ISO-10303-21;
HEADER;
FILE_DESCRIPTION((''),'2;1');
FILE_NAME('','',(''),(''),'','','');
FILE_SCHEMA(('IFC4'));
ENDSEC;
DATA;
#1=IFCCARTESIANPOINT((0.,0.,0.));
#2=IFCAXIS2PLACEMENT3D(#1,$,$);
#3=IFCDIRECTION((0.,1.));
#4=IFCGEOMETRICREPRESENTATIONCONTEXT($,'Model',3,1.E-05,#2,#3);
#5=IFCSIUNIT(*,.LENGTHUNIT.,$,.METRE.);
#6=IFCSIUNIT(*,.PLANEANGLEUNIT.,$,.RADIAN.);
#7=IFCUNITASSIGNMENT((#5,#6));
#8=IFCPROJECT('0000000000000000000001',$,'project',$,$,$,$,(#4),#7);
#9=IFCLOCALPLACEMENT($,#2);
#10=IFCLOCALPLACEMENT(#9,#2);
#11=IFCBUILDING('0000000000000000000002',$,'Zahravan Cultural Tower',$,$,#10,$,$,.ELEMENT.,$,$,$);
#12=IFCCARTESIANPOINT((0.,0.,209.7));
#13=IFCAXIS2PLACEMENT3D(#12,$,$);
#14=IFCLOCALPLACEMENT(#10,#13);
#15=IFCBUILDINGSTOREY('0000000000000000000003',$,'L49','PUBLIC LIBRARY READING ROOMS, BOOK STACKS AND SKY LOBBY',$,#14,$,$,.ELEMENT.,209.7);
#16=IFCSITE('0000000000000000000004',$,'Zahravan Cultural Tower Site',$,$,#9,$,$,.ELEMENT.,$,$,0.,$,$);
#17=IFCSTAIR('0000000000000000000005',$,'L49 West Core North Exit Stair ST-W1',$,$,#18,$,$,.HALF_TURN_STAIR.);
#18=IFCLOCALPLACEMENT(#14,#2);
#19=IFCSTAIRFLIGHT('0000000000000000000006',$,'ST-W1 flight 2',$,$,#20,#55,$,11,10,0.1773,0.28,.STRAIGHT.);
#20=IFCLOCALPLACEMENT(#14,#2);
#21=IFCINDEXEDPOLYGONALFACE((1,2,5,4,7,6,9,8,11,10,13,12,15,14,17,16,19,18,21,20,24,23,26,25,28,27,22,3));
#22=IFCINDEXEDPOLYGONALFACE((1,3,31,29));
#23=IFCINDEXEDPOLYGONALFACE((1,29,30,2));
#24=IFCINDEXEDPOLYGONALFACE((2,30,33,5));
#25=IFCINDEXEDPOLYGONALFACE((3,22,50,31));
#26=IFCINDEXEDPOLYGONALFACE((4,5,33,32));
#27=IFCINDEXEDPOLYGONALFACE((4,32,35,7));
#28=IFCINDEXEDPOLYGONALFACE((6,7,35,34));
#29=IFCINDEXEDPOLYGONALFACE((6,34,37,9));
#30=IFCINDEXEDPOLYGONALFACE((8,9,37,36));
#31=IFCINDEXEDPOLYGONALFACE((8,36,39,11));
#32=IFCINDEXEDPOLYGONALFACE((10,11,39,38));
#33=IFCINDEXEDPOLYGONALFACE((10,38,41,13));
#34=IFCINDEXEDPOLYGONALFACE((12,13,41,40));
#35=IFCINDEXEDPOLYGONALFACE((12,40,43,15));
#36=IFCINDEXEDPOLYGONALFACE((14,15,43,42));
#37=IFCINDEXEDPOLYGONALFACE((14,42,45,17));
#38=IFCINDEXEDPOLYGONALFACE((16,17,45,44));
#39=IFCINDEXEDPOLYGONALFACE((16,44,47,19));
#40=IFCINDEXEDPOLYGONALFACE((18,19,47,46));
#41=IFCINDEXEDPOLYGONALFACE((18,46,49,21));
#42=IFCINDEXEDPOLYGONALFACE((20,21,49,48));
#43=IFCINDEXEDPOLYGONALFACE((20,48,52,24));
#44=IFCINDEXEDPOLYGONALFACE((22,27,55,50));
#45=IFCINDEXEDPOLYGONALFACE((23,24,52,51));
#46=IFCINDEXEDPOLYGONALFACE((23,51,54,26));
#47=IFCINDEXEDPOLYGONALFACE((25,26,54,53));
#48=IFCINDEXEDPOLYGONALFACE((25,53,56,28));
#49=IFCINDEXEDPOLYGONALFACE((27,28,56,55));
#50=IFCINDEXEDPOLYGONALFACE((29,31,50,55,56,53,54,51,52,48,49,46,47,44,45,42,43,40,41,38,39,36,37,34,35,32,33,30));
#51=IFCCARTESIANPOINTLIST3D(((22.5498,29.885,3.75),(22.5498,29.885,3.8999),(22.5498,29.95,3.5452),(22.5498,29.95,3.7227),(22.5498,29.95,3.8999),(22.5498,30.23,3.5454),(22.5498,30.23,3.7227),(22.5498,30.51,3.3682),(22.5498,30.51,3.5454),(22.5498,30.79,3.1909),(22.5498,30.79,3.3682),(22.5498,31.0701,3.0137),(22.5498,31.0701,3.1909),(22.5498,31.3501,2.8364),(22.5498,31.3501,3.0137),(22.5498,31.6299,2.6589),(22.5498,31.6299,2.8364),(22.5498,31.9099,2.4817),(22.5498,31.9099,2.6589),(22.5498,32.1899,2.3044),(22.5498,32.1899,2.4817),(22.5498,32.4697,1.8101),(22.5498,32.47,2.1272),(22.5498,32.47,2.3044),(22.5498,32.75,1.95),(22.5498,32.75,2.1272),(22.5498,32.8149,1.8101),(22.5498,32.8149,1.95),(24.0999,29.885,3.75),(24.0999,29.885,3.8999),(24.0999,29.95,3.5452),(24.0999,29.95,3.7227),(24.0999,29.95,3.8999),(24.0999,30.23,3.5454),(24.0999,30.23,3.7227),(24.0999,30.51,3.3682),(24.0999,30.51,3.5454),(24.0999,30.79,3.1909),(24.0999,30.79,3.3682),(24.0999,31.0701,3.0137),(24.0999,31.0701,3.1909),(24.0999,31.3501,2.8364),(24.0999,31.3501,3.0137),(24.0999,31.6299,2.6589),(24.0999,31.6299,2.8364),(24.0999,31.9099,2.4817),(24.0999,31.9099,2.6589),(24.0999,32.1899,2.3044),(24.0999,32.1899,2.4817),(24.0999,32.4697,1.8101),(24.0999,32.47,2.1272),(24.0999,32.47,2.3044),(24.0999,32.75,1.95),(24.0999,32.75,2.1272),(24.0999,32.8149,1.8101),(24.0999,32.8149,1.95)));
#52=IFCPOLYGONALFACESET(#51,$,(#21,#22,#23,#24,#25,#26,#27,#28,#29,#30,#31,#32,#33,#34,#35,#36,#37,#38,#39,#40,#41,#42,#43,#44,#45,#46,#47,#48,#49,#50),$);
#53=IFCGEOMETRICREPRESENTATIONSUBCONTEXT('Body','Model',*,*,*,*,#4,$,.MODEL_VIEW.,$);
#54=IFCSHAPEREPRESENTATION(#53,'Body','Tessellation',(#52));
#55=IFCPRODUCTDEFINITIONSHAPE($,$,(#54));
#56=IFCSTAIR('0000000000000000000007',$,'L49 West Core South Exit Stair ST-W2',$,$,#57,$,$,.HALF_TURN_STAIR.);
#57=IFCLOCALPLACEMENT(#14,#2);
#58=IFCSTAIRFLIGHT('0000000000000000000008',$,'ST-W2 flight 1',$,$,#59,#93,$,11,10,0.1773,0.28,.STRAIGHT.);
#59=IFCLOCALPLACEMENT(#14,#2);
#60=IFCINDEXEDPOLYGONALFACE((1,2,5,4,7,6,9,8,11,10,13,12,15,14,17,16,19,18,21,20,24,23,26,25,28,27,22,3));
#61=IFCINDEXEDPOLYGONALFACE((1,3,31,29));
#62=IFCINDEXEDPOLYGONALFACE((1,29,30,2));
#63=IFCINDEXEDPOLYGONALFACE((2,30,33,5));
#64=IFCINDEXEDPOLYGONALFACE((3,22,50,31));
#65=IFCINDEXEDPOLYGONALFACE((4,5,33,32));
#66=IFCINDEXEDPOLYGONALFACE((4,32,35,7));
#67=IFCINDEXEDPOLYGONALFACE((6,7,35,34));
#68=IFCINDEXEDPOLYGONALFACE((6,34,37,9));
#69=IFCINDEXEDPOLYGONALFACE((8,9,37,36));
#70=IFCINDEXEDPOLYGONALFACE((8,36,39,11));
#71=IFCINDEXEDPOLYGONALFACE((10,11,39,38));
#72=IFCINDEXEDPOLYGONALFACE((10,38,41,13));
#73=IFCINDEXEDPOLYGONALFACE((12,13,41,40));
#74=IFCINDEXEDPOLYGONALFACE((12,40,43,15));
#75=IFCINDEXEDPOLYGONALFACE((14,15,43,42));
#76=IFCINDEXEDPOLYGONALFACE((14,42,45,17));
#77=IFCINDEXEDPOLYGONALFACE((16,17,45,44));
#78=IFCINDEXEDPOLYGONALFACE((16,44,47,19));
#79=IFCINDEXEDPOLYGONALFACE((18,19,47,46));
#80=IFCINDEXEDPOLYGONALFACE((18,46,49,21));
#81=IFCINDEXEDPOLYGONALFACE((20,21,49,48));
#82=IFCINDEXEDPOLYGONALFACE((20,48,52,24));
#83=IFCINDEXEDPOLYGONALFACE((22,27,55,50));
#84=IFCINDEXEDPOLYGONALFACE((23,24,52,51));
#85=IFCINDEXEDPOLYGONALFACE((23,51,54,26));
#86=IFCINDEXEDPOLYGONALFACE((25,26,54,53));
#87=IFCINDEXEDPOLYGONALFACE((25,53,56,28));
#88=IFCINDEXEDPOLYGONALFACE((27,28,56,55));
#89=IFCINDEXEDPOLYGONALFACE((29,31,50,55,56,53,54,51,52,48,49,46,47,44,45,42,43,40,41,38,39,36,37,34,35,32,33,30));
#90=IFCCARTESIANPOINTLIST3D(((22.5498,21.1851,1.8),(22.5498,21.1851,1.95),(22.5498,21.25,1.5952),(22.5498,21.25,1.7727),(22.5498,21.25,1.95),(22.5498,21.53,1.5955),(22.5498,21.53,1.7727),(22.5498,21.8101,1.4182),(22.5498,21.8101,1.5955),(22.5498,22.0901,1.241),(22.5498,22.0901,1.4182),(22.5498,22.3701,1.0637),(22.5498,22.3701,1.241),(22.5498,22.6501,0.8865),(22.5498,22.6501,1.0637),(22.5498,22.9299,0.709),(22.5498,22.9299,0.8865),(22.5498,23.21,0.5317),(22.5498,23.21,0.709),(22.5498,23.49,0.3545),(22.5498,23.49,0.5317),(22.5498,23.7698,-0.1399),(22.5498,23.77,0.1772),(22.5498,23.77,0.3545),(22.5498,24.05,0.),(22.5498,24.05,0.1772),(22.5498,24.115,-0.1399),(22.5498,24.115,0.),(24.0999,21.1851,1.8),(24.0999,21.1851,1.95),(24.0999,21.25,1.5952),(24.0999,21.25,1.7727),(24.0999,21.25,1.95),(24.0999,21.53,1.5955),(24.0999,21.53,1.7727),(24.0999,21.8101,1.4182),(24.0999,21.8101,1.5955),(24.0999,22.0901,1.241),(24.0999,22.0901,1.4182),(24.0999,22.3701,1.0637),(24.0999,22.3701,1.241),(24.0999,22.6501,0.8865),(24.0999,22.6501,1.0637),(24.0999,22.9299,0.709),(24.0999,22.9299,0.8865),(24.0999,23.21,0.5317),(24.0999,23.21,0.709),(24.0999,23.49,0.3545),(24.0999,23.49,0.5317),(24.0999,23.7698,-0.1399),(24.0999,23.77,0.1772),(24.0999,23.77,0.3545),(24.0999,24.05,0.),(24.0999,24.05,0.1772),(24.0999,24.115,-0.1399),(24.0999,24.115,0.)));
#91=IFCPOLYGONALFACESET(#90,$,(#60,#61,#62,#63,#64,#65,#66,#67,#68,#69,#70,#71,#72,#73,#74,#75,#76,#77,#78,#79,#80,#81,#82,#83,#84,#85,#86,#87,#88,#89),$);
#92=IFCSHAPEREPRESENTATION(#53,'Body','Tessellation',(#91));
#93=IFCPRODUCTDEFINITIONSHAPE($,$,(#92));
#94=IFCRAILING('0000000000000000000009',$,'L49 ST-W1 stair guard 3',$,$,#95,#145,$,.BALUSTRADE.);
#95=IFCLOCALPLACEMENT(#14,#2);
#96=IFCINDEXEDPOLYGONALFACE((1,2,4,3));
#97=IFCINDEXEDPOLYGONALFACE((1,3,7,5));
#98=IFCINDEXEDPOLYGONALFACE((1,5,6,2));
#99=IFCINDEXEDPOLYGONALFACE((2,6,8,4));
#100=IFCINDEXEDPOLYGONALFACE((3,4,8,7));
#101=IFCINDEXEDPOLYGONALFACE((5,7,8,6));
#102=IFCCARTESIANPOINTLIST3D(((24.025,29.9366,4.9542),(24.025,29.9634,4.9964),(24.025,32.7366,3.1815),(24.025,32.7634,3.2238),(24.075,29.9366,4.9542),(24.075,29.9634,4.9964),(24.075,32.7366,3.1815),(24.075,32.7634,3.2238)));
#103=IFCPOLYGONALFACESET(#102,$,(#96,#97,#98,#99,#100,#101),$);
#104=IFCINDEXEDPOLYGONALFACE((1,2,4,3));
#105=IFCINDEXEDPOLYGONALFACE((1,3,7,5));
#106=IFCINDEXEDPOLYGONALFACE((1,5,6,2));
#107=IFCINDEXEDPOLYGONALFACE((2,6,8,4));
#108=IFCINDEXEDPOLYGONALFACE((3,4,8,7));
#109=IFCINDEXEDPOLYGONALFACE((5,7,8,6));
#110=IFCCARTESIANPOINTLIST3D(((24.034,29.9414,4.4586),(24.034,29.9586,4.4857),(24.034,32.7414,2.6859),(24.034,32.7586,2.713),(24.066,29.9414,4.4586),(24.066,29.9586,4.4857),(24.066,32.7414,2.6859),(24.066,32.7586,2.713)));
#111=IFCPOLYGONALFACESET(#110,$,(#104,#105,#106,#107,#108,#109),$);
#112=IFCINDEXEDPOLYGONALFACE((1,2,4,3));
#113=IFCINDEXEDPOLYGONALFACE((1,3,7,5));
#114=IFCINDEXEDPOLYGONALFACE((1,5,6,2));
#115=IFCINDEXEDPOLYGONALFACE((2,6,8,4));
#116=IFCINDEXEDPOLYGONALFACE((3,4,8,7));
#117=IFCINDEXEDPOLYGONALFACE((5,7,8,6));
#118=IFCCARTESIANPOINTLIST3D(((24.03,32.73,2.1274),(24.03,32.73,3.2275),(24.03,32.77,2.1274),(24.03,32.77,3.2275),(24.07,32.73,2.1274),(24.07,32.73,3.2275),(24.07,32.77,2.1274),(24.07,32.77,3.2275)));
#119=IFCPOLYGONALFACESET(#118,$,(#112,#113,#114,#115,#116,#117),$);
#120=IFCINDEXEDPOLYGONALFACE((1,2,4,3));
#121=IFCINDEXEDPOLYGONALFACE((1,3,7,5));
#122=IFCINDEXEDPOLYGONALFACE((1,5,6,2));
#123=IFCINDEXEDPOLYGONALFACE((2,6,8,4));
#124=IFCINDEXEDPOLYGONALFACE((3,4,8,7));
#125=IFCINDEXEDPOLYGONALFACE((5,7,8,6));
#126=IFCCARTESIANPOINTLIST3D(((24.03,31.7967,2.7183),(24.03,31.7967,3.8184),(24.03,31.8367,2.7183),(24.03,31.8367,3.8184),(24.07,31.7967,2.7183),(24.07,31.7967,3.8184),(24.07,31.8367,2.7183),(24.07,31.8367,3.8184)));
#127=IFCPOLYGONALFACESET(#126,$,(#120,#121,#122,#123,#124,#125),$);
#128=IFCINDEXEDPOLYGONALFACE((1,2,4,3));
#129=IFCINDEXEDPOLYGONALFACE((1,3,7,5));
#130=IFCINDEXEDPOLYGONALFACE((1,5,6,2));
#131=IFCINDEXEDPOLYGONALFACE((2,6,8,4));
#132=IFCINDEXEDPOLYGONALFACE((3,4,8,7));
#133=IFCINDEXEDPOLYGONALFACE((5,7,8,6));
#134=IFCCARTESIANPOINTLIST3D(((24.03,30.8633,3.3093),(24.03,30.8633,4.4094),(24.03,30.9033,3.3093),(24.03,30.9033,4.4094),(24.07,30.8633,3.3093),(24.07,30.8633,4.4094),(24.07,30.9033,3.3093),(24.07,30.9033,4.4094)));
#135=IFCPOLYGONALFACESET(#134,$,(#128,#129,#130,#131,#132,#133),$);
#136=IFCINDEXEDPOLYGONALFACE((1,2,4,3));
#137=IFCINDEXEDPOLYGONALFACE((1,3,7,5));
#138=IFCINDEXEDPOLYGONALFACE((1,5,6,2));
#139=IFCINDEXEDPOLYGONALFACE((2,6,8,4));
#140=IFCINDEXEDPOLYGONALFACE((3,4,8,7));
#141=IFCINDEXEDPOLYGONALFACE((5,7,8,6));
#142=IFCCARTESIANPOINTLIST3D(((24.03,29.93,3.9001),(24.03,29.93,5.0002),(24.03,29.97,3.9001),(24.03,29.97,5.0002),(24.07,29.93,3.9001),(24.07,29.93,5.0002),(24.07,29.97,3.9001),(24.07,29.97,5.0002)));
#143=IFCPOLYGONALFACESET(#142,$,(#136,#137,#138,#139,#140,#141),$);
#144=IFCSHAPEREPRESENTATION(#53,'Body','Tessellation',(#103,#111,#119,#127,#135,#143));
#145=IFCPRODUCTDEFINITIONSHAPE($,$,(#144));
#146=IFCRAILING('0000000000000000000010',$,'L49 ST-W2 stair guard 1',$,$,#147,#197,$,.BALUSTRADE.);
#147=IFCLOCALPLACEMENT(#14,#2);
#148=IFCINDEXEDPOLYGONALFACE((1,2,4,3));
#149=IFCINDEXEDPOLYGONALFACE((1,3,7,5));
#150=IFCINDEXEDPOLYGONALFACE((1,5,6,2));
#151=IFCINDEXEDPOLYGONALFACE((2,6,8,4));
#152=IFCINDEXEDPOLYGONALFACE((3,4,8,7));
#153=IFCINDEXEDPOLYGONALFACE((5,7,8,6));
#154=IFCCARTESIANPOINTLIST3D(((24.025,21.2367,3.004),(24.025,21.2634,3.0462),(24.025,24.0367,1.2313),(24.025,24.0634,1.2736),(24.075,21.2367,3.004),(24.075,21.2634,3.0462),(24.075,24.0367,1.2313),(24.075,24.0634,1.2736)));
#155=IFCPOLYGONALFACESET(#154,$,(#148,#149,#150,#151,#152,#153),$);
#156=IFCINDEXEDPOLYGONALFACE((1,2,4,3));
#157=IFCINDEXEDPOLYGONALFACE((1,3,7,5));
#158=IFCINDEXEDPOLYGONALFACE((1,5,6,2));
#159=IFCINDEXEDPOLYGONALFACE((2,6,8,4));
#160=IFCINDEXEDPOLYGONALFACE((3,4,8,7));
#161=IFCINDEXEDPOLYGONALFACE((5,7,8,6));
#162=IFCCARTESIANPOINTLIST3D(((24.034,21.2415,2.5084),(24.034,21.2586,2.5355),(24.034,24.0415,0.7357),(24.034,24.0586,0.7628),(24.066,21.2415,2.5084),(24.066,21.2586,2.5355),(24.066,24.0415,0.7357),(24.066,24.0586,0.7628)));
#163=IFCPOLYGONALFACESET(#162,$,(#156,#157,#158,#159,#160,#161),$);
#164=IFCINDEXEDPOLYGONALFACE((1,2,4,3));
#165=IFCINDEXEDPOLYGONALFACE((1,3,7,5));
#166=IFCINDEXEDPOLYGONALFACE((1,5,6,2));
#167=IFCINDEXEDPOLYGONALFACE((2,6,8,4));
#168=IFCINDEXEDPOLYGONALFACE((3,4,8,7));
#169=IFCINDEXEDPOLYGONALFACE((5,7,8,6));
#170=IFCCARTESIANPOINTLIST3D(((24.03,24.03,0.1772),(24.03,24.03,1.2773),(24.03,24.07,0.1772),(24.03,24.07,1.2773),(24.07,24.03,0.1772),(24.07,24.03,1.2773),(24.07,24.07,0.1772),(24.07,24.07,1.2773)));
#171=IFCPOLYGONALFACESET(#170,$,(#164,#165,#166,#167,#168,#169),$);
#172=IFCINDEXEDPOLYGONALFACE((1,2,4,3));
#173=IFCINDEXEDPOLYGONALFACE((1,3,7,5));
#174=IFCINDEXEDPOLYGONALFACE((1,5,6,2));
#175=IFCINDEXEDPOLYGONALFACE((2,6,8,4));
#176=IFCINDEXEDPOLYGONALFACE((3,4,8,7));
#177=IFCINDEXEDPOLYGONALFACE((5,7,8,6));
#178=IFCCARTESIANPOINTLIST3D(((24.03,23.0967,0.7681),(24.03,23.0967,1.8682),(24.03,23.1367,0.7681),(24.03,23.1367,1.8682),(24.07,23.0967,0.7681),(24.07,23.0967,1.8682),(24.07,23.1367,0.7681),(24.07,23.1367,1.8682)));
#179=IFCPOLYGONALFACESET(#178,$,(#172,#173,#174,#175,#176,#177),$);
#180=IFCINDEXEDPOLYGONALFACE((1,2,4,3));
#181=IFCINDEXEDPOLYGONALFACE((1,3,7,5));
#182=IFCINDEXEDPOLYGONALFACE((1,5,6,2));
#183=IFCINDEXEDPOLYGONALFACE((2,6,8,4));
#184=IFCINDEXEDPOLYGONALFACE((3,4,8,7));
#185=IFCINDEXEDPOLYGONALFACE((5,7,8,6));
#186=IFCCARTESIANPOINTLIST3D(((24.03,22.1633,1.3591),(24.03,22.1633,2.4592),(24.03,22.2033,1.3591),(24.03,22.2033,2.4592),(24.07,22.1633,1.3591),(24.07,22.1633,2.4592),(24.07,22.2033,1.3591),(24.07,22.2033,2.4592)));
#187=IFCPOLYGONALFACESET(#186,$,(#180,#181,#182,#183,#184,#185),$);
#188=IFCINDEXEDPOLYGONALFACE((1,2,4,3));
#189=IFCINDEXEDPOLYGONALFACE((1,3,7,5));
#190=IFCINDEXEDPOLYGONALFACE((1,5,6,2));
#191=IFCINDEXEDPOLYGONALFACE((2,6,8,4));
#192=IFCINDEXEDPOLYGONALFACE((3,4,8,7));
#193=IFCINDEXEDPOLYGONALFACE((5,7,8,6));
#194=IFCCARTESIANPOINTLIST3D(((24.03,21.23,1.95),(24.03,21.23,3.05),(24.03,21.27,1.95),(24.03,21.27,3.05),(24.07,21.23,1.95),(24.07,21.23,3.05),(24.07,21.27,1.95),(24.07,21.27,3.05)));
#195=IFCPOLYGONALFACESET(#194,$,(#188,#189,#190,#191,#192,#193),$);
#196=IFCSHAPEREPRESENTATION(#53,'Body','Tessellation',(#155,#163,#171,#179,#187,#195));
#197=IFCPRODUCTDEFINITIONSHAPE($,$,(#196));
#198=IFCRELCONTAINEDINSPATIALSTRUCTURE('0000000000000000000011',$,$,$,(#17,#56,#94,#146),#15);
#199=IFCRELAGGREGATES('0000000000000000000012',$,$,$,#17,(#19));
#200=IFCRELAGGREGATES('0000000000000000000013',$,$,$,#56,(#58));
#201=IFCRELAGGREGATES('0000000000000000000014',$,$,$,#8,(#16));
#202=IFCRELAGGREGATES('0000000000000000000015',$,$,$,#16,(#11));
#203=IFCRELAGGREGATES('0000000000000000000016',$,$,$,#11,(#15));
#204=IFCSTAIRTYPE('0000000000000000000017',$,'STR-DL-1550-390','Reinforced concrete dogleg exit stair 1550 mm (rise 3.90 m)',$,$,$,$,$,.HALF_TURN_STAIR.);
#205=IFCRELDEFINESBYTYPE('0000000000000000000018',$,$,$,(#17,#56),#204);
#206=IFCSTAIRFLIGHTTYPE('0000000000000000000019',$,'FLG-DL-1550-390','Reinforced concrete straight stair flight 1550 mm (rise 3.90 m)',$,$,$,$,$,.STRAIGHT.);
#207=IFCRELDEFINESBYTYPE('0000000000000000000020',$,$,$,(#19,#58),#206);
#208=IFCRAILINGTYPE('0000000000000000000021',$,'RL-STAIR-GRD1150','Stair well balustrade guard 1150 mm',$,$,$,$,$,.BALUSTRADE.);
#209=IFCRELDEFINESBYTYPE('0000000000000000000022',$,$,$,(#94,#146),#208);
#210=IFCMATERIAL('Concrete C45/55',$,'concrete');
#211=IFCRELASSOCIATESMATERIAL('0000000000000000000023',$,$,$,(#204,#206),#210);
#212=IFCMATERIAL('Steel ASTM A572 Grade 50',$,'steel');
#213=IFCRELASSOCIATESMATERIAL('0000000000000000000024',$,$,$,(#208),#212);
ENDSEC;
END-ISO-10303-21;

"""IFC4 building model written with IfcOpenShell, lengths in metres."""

from ifc_helpers import new_model, si_unit, direction, frame, origin, origin_2d, place, context, subcontext, project, spatial, polyline, rectangle, outline, extrude, material, type_object, element, aggregate, save


model = new_model("IFC4")

# Units and contexts
model_context = context("Model", 3, precision=1e-05, world=origin(), true_north=direction((0.0, 1.0)))
body_context = subcontext(model_context, "Body", "Model", "MODEL_VIEW")
ifc_project = project(units=[si_unit("LENGTHUNIT", "METRE"), si_unit("PLANEANGLEUNIT", "RADIAN")], contexts=[model_context])

# Site, building, storey
site_placement = place(None, origin())
site = spatial("IfcSite", under=ifc_project, at=site_placement, Name="Zahravan Cultural Tower Site", CompositionType="ELEMENT", RefElevation=0.0)
building_placement = place(site_placement, origin())
building = spatial("IfcBuilding", under=site, at=building_placement, Name="Zahravan Cultural Tower", CompositionType="ELEMENT")
storey_placement = place(building_placement, frame((0.0, 0.0, 209.7)))
storey = spatial("IfcBuildingStorey", under=building, at=storey_placement, Name="L49", Description="PUBLIC LIBRARY READING ROOMS, BOOK STACKS AND SKY LOBBY", CompositionType="ELEMENT", Elevation=209.7)

# Shared definitions
ifc_material_1 = material(Name="Concrete C45/55", Category="concrete")

# Stairs, stair flights
stair_type = type_object("IfcStairType", Name="STR-DL-1550-390", Description="Reinforced concrete dogleg exit stair 1550 mm (rise 3.90 m)", PredefinedType="HALF_TURN_STAIR", material=ifc_material_1)
stair_1_placement = place(storey_placement, origin())
stair_1 = element("IfcStair", 1, at=stair_1_placement, inside=storey, type_object=stair_type, Name="L49 West Core North Exit Stair ST-W1", PredefinedType="HALF_TURN_STAIR")
stair_flight_type = type_object("IfcStairFlightType", Name="FLG-DL-1550-390", Description="Reinforced concrete straight stair flight 1550 mm (rise 3.90 m)", PredefinedType="STRAIGHT", material=ifc_material_1)
stair_flight_1_placement = place(storey_placement, frame((23.325, 32.75, 1.95), z_axis=(0.0, 0.0, 1.0), x_axis=(0.0, -1.0, 0.0)))
stair_flight_1 = element("IfcStairFlight", 2, at=stair_flight_1_placement, type_object=stair_flight_type, Name="ST-W1 flight 2", NumberOfRisers=11, NumberOfTreads=10, PredefinedType="STRAIGHT", RiserHeight=0.1773, TreadLength=0.28, context=body_context, shape_type="SweptSolid", body=[
    extrude(outline(polyline([(-0.0649, -0.1399), (-0.0649, 0.0), (0.0, 0.0), (0.0, 0.1772), (0.28, 0.1772), (0.28, 0.3545), (0.5601, 0.3545), (0.5601, 0.5317), (0.8401, 0.5317), (0.8401, 0.709), (1.1201, 0.709), (1.1201, 0.8865), (1.3999, 0.8865), (1.3999, 1.0637), (1.6799, 1.0637), (1.6799, 1.241), (1.96, 1.241), (1.96, 1.4182), (2.24, 1.4182), (2.24, 1.5955), (2.52, 1.5955), (2.52, 1.7727), (2.8, 1.7727), (2.8, 1.95), (2.865, 1.95), (2.865, 1.8), (2.8, 1.5952), (0.2803, -0.1399), (-0.0649, -0.1399)])), frame((0.0, 0.7749, 0.0), z_axis=(0.0, -1.0, 0.0), x_axis=(1.0, 0.0, 0.0)), (0.0, 0.0, 1.0), 1.55),
])
aggregate(stair_1, [stair_flight_1])
stair_2_placement = place(storey_placement, origin())
stair_2 = element("IfcStair", 3, at=stair_2_placement, inside=storey, type_object=stair_type, Name="L49 West Core South Exit Stair ST-W2", PredefinedType="HALF_TURN_STAIR")
stair_flight_2_placement = place(storey_placement, frame((23.325, 24.05, 0.0), z_axis=(0.0, 0.0, 1.0), x_axis=(0.0, -1.0, 0.0)))
stair_flight_2 = element("IfcStairFlight", 4, at=stair_flight_2_placement, type_object=stair_flight_type, Name="ST-W2 flight 1", NumberOfRisers=11, NumberOfTreads=10, PredefinedType="STRAIGHT", RiserHeight=0.1773, TreadLength=0.28, context=body_context, shape_type="SweptSolid", body=[
    extrude(outline(polyline([(-0.0649, -0.1399), (-0.0649, 0.0), (0.0, 0.0), (0.0, 0.1772), (0.28, 0.1772), (0.28, 0.3545), (0.5601, 0.3545), (0.5601, 0.5317), (0.8401, 0.5317), (0.8401, 0.709), (1.1201, 0.709), (1.1201, 0.8865), (1.3999, 0.8865), (1.3999, 1.0637), (1.6799, 1.0637), (1.6799, 1.241), (1.96, 1.241), (1.96, 1.4182), (2.24, 1.4182), (2.24, 1.5955), (2.52, 1.5955), (2.52, 1.7727), (2.8, 1.7727), (2.8, 1.95), (2.865, 1.95), (2.865, 1.8), (2.8, 1.5952), (0.2803, -0.1399), (-0.0649, -0.1399)])), frame((0.0, 0.7749, 0.0), z_axis=(0.0, -1.0, 0.0), x_axis=(1.0, 0.0, 0.0)), (0.0, 0.0, 1.0), 1.55),
])
aggregate(stair_2, [stair_flight_2])

# Railings
ifc_material_2 = material(Name="Steel ASTM A572 Grade 50", Category="steel")
railing_type_1 = type_object("IfcRailingType", Name="RL-STAIR-GRD1150", Description="Stair well balustrade guard 1150 mm", PredefinedType="BALUSTRADE", material=ifc_material_2)
for number, where, name in (
    (5, (24.05, 32.75, 2.1274), "L49 ST-W1 stair guard 3"),
    (6, (24.05, 24.05, 0.1772), "L49 ST-W2 stair guard 1"),
):
    element("IfcRailing", number, at=place(storey_placement, frame(where)), inside=storey, type_object=railing_type_1, Name=name, PredefinedType="BALUSTRADE", context=body_context, shape_type="SweptSolid", body=[
        extrude(rectangle(XDim=0.05, YDim=0.05, at=origin_2d()), frame((0.0, 0.0, 1.0752), z_axis=(0.0, -0.844909, 0.53491), x_axis=(1.0, 0.0, 0.0)), (0.0, 0.0, 1.0), 3.314),
        extrude(rectangle(XDim=0.032, YDim=0.032, at=origin_2d()), frame((0.0, 0.0, 0.572), z_axis=(0.0, -0.844909, 0.53491), x_axis=(1.0, 0.0, 0.0)), (0.0, 0.0, 1.0), 3.314),
        extrude(rectangle(XDim=0.04, YDim=0.04, at=origin_2d()), origin(), (0.0, 0.0, 1.0), 1.1001),
        extrude(rectangle(XDim=0.04, YDim=0.04, at=origin_2d()), frame((0.0, -0.9333, 0.5908)), (0.0, 0.0, 1.0), 1.1001),
        extrude(rectangle(XDim=0.04, YDim=0.04, at=origin_2d()), frame((0.0, -1.8667, 1.1819)), (0.0, 0.0, 1.0), 1.1001),
        extrude(rectangle(XDim=0.04, YDim=0.04, at=origin_2d()), frame((0.0, -2.8, 1.7727)), (0.0, 0.0, 1.0), 1.1001),
    ])

save(model, "model.ifc")
